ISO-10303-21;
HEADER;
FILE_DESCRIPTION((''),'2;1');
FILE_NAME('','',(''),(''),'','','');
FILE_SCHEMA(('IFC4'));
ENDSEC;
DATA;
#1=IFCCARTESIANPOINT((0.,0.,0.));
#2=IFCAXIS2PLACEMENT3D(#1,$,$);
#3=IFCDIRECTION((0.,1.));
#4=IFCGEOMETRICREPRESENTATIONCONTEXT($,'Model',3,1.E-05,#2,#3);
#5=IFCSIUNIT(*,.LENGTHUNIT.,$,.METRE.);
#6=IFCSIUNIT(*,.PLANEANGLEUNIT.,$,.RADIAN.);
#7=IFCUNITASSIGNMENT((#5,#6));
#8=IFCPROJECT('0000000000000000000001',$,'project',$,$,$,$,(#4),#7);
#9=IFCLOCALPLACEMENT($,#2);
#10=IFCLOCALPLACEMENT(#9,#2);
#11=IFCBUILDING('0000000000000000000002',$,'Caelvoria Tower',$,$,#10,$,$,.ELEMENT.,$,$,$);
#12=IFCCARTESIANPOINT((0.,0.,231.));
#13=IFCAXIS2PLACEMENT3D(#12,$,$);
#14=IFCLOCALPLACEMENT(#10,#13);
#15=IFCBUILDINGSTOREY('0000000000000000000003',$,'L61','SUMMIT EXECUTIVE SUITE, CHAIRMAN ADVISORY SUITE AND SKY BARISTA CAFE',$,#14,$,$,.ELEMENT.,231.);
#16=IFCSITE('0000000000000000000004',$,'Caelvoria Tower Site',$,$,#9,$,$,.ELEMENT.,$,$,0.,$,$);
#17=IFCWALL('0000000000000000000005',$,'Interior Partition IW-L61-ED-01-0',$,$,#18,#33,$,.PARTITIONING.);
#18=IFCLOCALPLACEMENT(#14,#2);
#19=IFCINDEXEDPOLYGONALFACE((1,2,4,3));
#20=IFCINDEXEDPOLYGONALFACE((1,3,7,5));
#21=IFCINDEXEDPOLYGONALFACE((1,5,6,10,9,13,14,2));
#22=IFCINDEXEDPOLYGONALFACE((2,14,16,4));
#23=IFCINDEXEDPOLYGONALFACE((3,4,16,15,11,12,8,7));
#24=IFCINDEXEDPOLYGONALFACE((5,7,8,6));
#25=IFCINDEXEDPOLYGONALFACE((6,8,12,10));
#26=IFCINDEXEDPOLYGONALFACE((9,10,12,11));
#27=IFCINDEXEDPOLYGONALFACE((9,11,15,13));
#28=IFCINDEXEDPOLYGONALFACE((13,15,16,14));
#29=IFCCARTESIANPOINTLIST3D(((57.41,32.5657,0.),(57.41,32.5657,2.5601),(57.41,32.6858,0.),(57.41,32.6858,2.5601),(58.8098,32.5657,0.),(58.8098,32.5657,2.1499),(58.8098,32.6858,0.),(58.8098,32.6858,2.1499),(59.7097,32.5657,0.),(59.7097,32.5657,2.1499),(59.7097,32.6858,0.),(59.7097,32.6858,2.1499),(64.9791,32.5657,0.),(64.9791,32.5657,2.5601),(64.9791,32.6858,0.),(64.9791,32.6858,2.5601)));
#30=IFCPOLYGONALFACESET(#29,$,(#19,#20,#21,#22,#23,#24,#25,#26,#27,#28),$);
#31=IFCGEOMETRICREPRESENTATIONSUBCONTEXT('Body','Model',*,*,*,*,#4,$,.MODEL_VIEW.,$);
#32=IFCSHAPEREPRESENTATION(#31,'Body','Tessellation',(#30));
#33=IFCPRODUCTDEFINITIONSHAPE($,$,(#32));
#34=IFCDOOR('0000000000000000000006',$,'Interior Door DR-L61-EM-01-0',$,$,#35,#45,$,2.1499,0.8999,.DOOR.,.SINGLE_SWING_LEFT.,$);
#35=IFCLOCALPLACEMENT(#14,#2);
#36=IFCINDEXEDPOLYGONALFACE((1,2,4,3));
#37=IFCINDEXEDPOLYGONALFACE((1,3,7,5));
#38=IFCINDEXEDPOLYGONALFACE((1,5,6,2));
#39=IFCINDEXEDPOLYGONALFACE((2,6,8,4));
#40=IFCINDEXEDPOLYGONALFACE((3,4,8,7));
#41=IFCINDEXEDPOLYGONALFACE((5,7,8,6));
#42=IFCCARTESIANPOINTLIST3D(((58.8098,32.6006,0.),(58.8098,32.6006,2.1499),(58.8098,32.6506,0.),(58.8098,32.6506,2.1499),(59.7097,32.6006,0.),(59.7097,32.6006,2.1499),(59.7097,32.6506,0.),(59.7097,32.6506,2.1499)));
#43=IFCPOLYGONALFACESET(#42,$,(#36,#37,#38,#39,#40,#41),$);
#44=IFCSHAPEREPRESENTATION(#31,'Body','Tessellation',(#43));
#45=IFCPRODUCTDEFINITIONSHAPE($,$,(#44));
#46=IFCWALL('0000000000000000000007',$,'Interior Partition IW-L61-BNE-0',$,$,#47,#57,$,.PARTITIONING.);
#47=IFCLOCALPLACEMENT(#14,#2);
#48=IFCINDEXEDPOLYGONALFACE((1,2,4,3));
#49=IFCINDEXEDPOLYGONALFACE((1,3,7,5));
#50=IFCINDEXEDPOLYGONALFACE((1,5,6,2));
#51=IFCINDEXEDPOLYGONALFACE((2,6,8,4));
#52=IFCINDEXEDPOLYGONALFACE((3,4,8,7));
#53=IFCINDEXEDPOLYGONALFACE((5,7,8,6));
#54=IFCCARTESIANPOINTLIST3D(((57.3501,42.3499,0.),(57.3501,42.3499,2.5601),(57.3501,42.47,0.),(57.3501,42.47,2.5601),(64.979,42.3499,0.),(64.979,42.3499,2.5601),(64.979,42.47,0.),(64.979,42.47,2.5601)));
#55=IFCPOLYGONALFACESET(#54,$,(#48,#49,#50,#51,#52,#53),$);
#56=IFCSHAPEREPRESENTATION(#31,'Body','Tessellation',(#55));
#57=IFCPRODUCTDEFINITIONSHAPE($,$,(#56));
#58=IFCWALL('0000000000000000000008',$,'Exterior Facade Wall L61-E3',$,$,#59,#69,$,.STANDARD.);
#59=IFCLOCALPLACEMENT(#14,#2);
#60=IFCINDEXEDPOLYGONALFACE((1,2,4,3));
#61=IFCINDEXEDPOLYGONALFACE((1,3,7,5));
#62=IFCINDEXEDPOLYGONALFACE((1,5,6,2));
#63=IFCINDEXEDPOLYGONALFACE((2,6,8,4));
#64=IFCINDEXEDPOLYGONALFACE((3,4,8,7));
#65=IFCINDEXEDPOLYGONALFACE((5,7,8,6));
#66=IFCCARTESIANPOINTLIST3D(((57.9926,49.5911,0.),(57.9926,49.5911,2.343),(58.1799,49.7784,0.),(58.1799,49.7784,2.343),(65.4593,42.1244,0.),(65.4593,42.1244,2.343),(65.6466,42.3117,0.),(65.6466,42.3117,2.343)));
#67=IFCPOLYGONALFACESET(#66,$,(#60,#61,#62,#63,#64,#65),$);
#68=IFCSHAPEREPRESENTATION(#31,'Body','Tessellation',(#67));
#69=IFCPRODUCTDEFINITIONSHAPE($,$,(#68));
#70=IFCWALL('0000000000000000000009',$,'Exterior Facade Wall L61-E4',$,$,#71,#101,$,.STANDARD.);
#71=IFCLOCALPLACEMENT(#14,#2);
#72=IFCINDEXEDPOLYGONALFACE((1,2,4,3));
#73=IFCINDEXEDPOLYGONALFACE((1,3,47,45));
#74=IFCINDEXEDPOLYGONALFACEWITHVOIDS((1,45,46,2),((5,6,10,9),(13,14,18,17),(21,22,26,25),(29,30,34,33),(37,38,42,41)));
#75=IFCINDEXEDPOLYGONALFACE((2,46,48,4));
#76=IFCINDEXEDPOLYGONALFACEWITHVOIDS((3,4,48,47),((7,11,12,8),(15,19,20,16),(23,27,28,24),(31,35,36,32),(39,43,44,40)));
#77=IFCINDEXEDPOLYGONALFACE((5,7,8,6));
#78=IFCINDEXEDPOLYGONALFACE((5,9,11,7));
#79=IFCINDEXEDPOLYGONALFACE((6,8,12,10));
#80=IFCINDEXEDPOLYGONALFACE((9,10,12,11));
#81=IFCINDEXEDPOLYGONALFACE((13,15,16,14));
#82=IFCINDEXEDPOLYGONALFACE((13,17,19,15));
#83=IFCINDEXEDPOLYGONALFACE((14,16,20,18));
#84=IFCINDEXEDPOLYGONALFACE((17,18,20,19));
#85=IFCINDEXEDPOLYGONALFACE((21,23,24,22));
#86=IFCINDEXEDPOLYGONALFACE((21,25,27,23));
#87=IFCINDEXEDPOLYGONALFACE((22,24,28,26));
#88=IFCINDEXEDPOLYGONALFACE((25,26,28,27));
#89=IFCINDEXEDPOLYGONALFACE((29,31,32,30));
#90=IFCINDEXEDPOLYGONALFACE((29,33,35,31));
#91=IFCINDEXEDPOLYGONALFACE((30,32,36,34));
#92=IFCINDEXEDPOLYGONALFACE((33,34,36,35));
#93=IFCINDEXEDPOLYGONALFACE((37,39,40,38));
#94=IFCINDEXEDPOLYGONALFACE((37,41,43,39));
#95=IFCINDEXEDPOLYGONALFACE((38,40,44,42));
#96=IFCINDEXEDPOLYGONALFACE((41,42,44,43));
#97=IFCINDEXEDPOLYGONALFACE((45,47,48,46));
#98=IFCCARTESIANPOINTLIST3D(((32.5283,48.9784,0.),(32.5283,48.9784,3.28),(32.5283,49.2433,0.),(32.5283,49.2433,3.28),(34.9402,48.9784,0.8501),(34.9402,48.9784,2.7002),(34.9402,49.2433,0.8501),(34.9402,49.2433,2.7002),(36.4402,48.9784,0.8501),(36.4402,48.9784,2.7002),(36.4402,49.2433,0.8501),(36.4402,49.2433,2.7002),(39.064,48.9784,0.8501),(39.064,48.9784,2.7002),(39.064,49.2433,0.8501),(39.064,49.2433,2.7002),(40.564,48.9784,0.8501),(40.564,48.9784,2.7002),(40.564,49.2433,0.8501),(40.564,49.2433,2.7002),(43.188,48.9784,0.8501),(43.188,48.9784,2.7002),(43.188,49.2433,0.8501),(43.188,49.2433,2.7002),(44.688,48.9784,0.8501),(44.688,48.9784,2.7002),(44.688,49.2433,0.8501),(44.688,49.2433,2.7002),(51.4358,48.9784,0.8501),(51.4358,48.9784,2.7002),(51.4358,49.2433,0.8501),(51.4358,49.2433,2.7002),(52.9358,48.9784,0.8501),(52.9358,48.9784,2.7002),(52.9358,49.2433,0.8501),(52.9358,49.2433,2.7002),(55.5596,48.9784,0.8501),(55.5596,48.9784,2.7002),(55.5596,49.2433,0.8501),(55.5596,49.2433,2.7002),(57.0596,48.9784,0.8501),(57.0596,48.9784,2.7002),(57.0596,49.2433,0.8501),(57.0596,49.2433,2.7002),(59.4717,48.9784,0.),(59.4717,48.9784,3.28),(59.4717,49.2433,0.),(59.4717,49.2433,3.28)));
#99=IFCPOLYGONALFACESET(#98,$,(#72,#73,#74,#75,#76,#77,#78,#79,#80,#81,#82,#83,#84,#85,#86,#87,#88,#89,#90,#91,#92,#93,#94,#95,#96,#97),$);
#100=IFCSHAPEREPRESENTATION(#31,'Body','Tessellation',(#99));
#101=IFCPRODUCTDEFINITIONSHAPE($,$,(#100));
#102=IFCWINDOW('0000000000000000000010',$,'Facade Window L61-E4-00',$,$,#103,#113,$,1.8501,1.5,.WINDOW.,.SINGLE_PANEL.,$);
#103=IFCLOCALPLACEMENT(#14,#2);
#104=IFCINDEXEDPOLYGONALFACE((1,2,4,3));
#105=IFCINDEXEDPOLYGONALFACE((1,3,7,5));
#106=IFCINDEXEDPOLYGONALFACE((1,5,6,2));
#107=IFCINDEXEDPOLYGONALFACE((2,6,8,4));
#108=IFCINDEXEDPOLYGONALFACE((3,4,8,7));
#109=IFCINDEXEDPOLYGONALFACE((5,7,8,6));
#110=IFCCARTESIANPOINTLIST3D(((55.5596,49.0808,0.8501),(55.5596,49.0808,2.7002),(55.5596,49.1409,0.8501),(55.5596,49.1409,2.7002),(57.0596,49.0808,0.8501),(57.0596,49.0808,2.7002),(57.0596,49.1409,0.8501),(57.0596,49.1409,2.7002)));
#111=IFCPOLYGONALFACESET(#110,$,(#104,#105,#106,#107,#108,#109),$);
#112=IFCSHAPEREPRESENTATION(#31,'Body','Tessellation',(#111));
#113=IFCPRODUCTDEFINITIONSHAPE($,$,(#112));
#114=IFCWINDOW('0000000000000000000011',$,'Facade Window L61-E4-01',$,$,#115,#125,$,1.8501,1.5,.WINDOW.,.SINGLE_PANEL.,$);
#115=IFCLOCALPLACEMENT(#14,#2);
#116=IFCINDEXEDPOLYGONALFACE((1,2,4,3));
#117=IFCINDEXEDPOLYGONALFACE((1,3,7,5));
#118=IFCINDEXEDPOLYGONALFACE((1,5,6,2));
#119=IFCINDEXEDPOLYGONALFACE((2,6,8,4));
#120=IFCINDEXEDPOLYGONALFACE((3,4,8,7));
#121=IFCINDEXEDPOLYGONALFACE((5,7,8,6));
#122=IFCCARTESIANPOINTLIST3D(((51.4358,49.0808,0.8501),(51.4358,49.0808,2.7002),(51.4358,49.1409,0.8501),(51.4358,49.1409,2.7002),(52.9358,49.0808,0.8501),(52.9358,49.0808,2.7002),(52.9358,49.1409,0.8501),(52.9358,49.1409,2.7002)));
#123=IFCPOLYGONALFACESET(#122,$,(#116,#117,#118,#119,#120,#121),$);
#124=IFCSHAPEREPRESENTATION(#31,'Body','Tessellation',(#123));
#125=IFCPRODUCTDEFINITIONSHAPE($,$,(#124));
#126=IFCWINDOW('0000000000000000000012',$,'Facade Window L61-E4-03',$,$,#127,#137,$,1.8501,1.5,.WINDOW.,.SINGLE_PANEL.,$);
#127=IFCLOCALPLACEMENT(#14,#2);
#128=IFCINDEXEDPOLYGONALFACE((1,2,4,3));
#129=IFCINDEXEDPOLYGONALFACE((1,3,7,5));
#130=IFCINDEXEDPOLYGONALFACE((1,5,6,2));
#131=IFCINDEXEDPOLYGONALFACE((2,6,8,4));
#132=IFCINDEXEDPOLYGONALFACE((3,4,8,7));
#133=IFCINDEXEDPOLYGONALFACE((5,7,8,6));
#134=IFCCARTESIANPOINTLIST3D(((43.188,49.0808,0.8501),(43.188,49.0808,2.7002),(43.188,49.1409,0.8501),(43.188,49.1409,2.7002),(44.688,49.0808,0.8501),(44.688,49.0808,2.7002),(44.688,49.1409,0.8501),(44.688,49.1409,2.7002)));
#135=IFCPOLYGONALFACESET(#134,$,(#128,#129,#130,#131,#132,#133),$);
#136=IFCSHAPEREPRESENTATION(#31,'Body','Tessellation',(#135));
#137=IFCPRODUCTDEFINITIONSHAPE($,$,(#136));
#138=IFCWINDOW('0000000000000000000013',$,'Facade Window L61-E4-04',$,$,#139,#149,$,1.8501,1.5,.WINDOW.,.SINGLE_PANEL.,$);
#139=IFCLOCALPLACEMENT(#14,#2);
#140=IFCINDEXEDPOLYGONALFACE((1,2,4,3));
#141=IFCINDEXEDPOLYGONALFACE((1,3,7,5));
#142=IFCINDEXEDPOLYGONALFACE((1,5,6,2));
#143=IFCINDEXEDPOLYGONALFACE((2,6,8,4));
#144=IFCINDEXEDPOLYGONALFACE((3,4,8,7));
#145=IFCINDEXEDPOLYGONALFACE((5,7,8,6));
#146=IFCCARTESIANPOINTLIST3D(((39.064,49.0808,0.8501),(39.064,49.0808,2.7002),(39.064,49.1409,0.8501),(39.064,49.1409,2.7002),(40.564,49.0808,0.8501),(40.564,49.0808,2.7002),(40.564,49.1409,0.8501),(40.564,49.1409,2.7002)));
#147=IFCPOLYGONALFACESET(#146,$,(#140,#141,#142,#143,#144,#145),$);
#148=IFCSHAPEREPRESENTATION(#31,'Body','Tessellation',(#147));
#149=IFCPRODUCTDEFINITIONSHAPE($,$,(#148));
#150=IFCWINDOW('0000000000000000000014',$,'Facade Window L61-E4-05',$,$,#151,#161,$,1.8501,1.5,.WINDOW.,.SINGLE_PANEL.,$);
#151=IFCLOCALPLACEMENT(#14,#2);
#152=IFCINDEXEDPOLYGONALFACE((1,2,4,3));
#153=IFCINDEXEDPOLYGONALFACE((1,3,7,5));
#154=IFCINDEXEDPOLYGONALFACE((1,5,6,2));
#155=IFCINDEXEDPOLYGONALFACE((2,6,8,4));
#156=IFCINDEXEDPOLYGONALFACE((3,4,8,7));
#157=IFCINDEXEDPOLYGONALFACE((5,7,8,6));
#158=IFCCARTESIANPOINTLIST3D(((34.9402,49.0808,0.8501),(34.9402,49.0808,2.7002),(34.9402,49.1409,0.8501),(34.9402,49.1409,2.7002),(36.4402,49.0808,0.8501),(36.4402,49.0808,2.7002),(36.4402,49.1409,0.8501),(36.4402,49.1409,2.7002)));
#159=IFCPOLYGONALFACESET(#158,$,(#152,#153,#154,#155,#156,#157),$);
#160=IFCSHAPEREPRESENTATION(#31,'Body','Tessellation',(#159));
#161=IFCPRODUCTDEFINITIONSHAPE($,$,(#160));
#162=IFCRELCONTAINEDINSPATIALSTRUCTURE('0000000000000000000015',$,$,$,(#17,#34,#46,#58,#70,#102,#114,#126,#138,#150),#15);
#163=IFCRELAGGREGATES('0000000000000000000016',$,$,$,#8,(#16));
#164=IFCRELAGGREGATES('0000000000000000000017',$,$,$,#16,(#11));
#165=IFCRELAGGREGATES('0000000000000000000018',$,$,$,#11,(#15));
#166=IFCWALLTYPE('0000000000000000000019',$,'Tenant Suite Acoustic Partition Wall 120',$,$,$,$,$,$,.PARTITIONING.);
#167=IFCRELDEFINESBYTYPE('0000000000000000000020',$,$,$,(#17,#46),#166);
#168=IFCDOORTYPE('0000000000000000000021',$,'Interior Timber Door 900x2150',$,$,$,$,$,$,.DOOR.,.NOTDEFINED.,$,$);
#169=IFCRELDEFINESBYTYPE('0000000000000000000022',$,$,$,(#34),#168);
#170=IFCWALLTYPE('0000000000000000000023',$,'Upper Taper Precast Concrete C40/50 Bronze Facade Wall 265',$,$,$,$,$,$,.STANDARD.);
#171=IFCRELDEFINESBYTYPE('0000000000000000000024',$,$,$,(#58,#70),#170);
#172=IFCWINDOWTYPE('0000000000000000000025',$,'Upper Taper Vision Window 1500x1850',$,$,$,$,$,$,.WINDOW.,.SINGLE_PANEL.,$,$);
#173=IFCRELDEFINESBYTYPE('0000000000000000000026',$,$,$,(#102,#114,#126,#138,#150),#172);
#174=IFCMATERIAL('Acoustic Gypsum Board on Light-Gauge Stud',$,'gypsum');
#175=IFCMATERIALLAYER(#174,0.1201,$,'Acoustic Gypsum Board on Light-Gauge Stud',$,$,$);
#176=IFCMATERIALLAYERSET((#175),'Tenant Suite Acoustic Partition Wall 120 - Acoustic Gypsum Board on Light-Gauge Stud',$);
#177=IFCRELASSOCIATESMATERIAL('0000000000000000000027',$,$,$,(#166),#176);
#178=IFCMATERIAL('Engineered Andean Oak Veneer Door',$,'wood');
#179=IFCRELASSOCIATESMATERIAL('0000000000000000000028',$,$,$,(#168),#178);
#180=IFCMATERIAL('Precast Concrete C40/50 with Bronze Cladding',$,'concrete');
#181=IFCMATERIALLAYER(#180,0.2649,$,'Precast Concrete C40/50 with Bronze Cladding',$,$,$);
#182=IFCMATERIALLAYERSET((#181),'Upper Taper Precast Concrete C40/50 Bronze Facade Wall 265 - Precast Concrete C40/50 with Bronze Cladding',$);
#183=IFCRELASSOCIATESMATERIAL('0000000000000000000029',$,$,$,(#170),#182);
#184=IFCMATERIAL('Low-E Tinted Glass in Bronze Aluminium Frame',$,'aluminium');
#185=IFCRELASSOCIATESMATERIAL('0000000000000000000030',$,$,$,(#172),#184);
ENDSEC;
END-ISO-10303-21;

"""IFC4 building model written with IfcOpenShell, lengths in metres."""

from ifc_helpers import new_model, si_unit, direction, frame, frame_2d, origin, place, context, subcontext, project, spatial, rectangle, extrude, material, layer, layer_set, type_object, element, fill, save


model = new_model("IFC4")

# Units and contexts
model_context = context("Model", 3, precision=1e-05, world=origin(), true_north=direction((0.0, 1.0)))
body_context = subcontext(model_context, "Body", "Model", "MODEL_VIEW")
ifc_project = project(units=[si_unit("LENGTHUNIT", "METRE"), si_unit("PLANEANGLEUNIT", "RADIAN")], contexts=[model_context])

# Site, building, storey
site_placement = place(None, origin())
site = spatial("IfcSite", under=ifc_project, at=site_placement, Name="Caelvoria Tower Site", CompositionType="ELEMENT", RefElevation=0.0)
building_placement = place(site_placement, origin())
building = spatial("IfcBuilding", under=site, at=building_placement, Name="Caelvoria Tower", CompositionType="ELEMENT")
storey_placement = place(building_placement, frame((0.0, 0.0, 231.0)))
storey = spatial("IfcBuildingStorey", under=building, at=storey_placement, Name="L61", Description="SUMMIT EXECUTIVE SUITE, CHAIRMAN ADVISORY SUITE AND SKY BARISTA CAFE", CompositionType="ELEMENT", Elevation=231.0)

# Wall, opening, door
ifc_material_1 = material(Name="Acoustic Gypsum Board on Light-Gauge Stud", Category="gypsum")
ifc_layer_1 = layer(ifc_material_1, 0.1201, Name="Acoustic Gypsum Board on Light-Gauge Stud")
ifc_layer_set_1 = layer_set([ifc_layer_1], Name="Tenant Suite Acoustic Partition Wall 120 - Acoustic Gypsum Board on Light-Gauge Stud")
wall_type_1 = type_object("IfcWallType", Name="Tenant Suite Acoustic Partition Wall 120", PredefinedType="PARTITIONING", material=ifc_layer_set_1)
wall_1_placement = place(storey_placement, frame((57.4099, 32.6257, 0.0), z_axis=(0.0, 0.0, 1.0), x_axis=(1.0, 0.0, 0.0)))
wall_1 = element("IfcWall", 1, at=wall_1_placement, inside=storey, type_object=wall_type_1, Name="Interior Partition IW-L61-ED-01-0", PredefinedType="PARTITIONING", context=body_context, shape_type="SweptSolid", body=[
    extrude(rectangle(XDim=7.5691, YDim=0.1201, at=frame_2d((3.7847, 0.0))), origin(), (0.0, 0.0, 1.0), 2.5601),
])
opening_1_placement = place(wall_1_placement, frame((1.3999, 0.0, 0.0)))
opening_1 = element("IfcOpeningElement", 2, at=opening_1_placement, cuts=wall_1, PredefinedType="OPENING", context=body_context, shape_type="SweptSolid", body=[
    extrude(rectangle(XDim=0.8999, YDim=2.1499, at=frame_2d((0.45, 1.075))), frame((0.0, 0.0701, 0.0), z_axis=(0.0, -1.0, 0.0), x_axis=(1.0, 0.0, 0.0)), (0.0, 0.0, 1.0), 0.1401),
])
ifc_material_2 = material(Name="Engineered Andean Oak Veneer Door", Category="wood")
door_type = type_object("IfcDoorType", Name="Interior Timber Door 900x2150", OperationType="NOTDEFINED", PredefinedType="DOOR", material=ifc_material_2)
door_placement = place(opening_1_placement, origin())
door = element("IfcDoor", 3, at=door_placement, inside=storey, type_object=door_type, Name="Interior Door DR-L61-EM-01-0", OperationType="SINGLE_SWING_LEFT", OverallHeight=2.1499, OverallWidth=0.8999, PredefinedType="DOOR", context=body_context, shape_type="SweptSolid", body=[
    extrude(rectangle(XDim=0.8999, YDim=2.1499, at=frame_2d((0.45, 1.075))), frame((0.0, 0.0249, 0.0), z_axis=(0.0, -1.0, 0.0), x_axis=(1.0, 0.0, 0.0)), (0.0, 0.0, 1.0), 0.05),
])
fill(opening_1, door)

# Walls
wall_2_placement = place(storey_placement, frame((57.3501, 42.4099, 0.0), z_axis=(0.0, 0.0, 1.0), x_axis=(1.0, 0.0, 0.0)))
element("IfcWall", 4, at=wall_2_placement, inside=storey, type_object=wall_type_1, Name="Interior Partition IW-L61-BNE-0", PredefinedType="PARTITIONING", context=body_context, shape_type="SweptSolid", body=[
    extrude(rectangle(XDim=7.6289, YDim=0.1201, at=frame_2d((3.8145, 0.0))), origin(), (0.0, 0.0, 1.0), 2.5601),
])
ifc_material_3 = material(Name="Precast Concrete C40/50 with Bronze Cladding", Category="concrete")
ifc_layer_2 = layer(ifc_material_3, 0.2649, Name="Precast Concrete C40/50 with Bronze Cladding")
ifc_layer_set_2 = layer_set([ifc_layer_2], Name="Upper Taper Precast Concrete C40/50 Bronze Facade Wall 265 - Precast Concrete C40/50 with Bronze Cladding")
wall_type_2 = type_object("IfcWallType", Name="Upper Taper Precast Concrete C40/50 Bronze Facade Wall 265", PredefinedType="STANDARD", material=ifc_layer_set_2)
wall_3_placement = place(storey_placement, frame((65.553, 42.218, 0.0), z_axis=(0.0, 0.0, 1.0), x_axis=(-0.707107, 0.707107, 0.0)))
element("IfcWall", 5, at=wall_3_placement, inside=storey, type_object=wall_type_2, Name="Exterior Facade Wall L61-E3", PredefinedType="STANDARD", context=body_context, shape_type="SweptSolid", body=[
    extrude(rectangle(XDim=10.5596, YDim=0.2649, at=frame_2d((5.2798, 0.0))), origin(), (0.0, 0.0, 1.0), 2.343),
])

# Wall, openings, windows
wall_4_placement = place(storey_placement, frame((59.4717, 49.1108, 0.0), z_axis=(0.0, 0.0, 1.0), x_axis=(-1.0, 0.0, 0.0)))
wall_4 = element("IfcWall", 6, at=wall_4_placement, inside=storey, type_object=wall_type_2, Name="Exterior Facade Wall L61-E4", PredefinedType="STANDARD", context=body_context, shape_type="SweptSolid", body=[
    extrude(rectangle(XDim=26.9434, YDim=0.2649, at=frame_2d((13.4717, 0.0))), origin(), (0.0, 0.0, 1.0), 3.28),
])
opening_2_placement = place(wall_4_placement, frame((2.4121, 0.0, 0.8501)))
opening_2 = element("IfcOpeningElement", 7, at=opening_2_placement, cuts=wall_4, PredefinedType="OPENING", context=body_context, shape_type="SweptSolid", body=[
    extrude(rectangle(XDim=1.5, YDim=1.8501, at=frame_2d((0.75, 0.925))), frame((0.0, 0.1423, 0.0), z_axis=(0.0, -1.0, 0.0), x_axis=(1.0, 0.0, 0.0)), (0.0, 0.0, 1.0), 0.2849),
])
opening_3_placement = place(wall_4_placement, frame((6.5359, 0.0, 0.8501)))
opening_3 = element("IfcOpeningElement", 8, at=opening_3_placement, cuts=wall_4, PredefinedType="OPENING", context=body_context, shape_type="SweptSolid", body=[
    extrude(rectangle(XDim=1.5, YDim=1.8501, at=frame_2d((0.75, 0.925))), frame((0.0, 0.1423, 0.0), z_axis=(0.0, -1.0, 0.0), x_axis=(1.0, 0.0, 0.0)), (0.0, 0.0, 1.0), 0.2849),
])
opening_4_placement = place(wall_4_placement, frame((14.7837, 0.0, 0.8501)))
opening_4 = element("IfcOpeningElement", 9, at=opening_4_placement, cuts=wall_4, PredefinedType="OPENING", context=body_context, shape_type="SweptSolid", body=[
    extrude(rectangle(XDim=1.5, YDim=1.8501, at=frame_2d((0.75, 0.925))), frame((0.0, 0.1423, 0.0), z_axis=(0.0, -1.0, 0.0), x_axis=(1.0, 0.0, 0.0)), (0.0, 0.0, 1.0), 0.2849),
])
opening_5_placement = place(wall_4_placement, frame((18.9077, 0.0, 0.8501)))
opening_5 = element("IfcOpeningElement", 10, at=opening_5_placement, cuts=wall_4, PredefinedType="OPENING", context=body_context, shape_type="SweptSolid", body=[
    extrude(rectangle(XDim=1.5, YDim=1.8501, at=frame_2d((0.75, 0.925))), frame((0.0, 0.1423, 0.0), z_axis=(0.0, -1.0, 0.0), x_axis=(1.0, 0.0, 0.0)), (0.0, 0.0, 1.0), 0.2849),
])
opening_6_placement = place(wall_4_placement, frame((23.0315, 0.0, 0.8501)))
opening_6 = element("IfcOpeningElement", 11, at=opening_6_placement, cuts=wall_4, PredefinedType="OPENING", context=body_context, shape_type="SweptSolid", body=[
    extrude(rectangle(XDim=1.5, YDim=1.8501, at=frame_2d((0.75, 0.925))), frame((0.0, 0.1423, 0.0), z_axis=(0.0, -1.0, 0.0), x_axis=(1.0, 0.0, 0.0)), (0.0, 0.0, 1.0), 0.2849),
])
ifc_material_4 = material(Name="Low-E Tinted Glass in Bronze Aluminium Frame", Category="aluminium")
window_type = type_object("IfcWindowType", Name="Upper Taper Vision Window 1500x1850", PartitioningType="SINGLE_PANEL", PredefinedType="WINDOW", material=ifc_material_4)
window_1_placement = place(opening_2_placement, origin())
window_1 = element("IfcWindow", 12, at=window_1_placement, inside=storey, type_object=window_type, Name="Facade Window L61-E4-00", OverallHeight=1.8501, OverallWidth=1.5, PartitioningType="SINGLE_PANEL", PredefinedType="WINDOW", context=body_context, shape_type="SweptSolid", body=[
    extrude(rectangle(XDim=1.5, YDim=1.8501, at=frame_2d((0.75, 0.925))), frame((0.0, 0.03, 0.0), z_axis=(0.0, -1.0, 0.0), x_axis=(1.0, 0.0, 0.0)), (0.0, 0.0, 1.0), 0.0601),
])
fill(opening_2, window_1)
window_2_placement = place(opening_3_placement, origin())
window_2 = element("IfcWindow", 13, at=window_2_placement, inside=storey, type_object=window_type, Name="Facade Window L61-E4-01", OverallHeight=1.8501, OverallWidth=1.5, PartitioningType="SINGLE_PANEL", PredefinedType="WINDOW", context=body_context, shape_type="SweptSolid", body=[
    extrude(rectangle(XDim=1.5, YDim=1.8501, at=frame_2d((0.75, 0.925))), frame((0.0, 0.03, 0.0), z_axis=(0.0, -1.0, 0.0), x_axis=(1.0, 0.0, 0.0)), (0.0, 0.0, 1.0), 0.0601),
])
fill(opening_3, window_2)
window_3_placement = place(opening_4_placement, origin())
window_3 = element("IfcWindow", 14, at=window_3_placement, inside=storey, type_object=window_type, Name="Facade Window L61-E4-03", OverallHeight=1.8501, OverallWidth=1.5, PartitioningType="SINGLE_PANEL", PredefinedType="WINDOW", context=body_context, shape_type="SweptSolid", body=[
    extrude(rectangle(XDim=1.5, YDim=1.8501, at=frame_2d((0.75, 0.925))), frame((0.0, 0.03, 0.0), z_axis=(0.0, -1.0, 0.0), x_axis=(1.0, 0.0, 0.0)), (0.0, 0.0, 1.0), 0.0601),
])
fill(opening_4, window_3)
window_4_placement = place(opening_5_placement, origin())
window_4 = element("IfcWindow", 15, at=window_4_placement, inside=storey, type_object=window_type, Name="Facade Window L61-E4-04", OverallHeight=1.8501, OverallWidth=1.5, PartitioningType="SINGLE_PANEL", PredefinedType="WINDOW", context=body_context, shape_type="SweptSolid", body=[
    extrude(rectangle(XDim=1.5, YDim=1.8501, at=frame_2d((0.75, 0.925))), frame((0.0, 0.03, 0.0), z_axis=(0.0, -1.0, 0.0), x_axis=(1.0, 0.0, 0.0)), (0.0, 0.0, 1.0), 0.0601),
])
fill(opening_5, window_4)
window_5_placement = place(opening_6_placement, origin())
window_5 = element("IfcWindow", 16, at=window_5_placement, inside=storey, type_object=window_type, Name="Facade Window L61-E4-05", OverallHeight=1.8501, OverallWidth=1.5, PartitioningType="SINGLE_PANEL", PredefinedType="WINDOW", context=body_context, shape_type="SweptSolid", body=[
    extrude(rectangle(XDim=1.5, YDim=1.8501, at=frame_2d((0.75, 0.925))), frame((0.0, 0.03, 0.0), z_axis=(0.0, -1.0, 0.0), x_axis=(1.0, 0.0, 0.0)), (0.0, 0.0, 1.0), 0.0601),
])
fill(opening_6, window_5)

save(model, "model.ifc")
